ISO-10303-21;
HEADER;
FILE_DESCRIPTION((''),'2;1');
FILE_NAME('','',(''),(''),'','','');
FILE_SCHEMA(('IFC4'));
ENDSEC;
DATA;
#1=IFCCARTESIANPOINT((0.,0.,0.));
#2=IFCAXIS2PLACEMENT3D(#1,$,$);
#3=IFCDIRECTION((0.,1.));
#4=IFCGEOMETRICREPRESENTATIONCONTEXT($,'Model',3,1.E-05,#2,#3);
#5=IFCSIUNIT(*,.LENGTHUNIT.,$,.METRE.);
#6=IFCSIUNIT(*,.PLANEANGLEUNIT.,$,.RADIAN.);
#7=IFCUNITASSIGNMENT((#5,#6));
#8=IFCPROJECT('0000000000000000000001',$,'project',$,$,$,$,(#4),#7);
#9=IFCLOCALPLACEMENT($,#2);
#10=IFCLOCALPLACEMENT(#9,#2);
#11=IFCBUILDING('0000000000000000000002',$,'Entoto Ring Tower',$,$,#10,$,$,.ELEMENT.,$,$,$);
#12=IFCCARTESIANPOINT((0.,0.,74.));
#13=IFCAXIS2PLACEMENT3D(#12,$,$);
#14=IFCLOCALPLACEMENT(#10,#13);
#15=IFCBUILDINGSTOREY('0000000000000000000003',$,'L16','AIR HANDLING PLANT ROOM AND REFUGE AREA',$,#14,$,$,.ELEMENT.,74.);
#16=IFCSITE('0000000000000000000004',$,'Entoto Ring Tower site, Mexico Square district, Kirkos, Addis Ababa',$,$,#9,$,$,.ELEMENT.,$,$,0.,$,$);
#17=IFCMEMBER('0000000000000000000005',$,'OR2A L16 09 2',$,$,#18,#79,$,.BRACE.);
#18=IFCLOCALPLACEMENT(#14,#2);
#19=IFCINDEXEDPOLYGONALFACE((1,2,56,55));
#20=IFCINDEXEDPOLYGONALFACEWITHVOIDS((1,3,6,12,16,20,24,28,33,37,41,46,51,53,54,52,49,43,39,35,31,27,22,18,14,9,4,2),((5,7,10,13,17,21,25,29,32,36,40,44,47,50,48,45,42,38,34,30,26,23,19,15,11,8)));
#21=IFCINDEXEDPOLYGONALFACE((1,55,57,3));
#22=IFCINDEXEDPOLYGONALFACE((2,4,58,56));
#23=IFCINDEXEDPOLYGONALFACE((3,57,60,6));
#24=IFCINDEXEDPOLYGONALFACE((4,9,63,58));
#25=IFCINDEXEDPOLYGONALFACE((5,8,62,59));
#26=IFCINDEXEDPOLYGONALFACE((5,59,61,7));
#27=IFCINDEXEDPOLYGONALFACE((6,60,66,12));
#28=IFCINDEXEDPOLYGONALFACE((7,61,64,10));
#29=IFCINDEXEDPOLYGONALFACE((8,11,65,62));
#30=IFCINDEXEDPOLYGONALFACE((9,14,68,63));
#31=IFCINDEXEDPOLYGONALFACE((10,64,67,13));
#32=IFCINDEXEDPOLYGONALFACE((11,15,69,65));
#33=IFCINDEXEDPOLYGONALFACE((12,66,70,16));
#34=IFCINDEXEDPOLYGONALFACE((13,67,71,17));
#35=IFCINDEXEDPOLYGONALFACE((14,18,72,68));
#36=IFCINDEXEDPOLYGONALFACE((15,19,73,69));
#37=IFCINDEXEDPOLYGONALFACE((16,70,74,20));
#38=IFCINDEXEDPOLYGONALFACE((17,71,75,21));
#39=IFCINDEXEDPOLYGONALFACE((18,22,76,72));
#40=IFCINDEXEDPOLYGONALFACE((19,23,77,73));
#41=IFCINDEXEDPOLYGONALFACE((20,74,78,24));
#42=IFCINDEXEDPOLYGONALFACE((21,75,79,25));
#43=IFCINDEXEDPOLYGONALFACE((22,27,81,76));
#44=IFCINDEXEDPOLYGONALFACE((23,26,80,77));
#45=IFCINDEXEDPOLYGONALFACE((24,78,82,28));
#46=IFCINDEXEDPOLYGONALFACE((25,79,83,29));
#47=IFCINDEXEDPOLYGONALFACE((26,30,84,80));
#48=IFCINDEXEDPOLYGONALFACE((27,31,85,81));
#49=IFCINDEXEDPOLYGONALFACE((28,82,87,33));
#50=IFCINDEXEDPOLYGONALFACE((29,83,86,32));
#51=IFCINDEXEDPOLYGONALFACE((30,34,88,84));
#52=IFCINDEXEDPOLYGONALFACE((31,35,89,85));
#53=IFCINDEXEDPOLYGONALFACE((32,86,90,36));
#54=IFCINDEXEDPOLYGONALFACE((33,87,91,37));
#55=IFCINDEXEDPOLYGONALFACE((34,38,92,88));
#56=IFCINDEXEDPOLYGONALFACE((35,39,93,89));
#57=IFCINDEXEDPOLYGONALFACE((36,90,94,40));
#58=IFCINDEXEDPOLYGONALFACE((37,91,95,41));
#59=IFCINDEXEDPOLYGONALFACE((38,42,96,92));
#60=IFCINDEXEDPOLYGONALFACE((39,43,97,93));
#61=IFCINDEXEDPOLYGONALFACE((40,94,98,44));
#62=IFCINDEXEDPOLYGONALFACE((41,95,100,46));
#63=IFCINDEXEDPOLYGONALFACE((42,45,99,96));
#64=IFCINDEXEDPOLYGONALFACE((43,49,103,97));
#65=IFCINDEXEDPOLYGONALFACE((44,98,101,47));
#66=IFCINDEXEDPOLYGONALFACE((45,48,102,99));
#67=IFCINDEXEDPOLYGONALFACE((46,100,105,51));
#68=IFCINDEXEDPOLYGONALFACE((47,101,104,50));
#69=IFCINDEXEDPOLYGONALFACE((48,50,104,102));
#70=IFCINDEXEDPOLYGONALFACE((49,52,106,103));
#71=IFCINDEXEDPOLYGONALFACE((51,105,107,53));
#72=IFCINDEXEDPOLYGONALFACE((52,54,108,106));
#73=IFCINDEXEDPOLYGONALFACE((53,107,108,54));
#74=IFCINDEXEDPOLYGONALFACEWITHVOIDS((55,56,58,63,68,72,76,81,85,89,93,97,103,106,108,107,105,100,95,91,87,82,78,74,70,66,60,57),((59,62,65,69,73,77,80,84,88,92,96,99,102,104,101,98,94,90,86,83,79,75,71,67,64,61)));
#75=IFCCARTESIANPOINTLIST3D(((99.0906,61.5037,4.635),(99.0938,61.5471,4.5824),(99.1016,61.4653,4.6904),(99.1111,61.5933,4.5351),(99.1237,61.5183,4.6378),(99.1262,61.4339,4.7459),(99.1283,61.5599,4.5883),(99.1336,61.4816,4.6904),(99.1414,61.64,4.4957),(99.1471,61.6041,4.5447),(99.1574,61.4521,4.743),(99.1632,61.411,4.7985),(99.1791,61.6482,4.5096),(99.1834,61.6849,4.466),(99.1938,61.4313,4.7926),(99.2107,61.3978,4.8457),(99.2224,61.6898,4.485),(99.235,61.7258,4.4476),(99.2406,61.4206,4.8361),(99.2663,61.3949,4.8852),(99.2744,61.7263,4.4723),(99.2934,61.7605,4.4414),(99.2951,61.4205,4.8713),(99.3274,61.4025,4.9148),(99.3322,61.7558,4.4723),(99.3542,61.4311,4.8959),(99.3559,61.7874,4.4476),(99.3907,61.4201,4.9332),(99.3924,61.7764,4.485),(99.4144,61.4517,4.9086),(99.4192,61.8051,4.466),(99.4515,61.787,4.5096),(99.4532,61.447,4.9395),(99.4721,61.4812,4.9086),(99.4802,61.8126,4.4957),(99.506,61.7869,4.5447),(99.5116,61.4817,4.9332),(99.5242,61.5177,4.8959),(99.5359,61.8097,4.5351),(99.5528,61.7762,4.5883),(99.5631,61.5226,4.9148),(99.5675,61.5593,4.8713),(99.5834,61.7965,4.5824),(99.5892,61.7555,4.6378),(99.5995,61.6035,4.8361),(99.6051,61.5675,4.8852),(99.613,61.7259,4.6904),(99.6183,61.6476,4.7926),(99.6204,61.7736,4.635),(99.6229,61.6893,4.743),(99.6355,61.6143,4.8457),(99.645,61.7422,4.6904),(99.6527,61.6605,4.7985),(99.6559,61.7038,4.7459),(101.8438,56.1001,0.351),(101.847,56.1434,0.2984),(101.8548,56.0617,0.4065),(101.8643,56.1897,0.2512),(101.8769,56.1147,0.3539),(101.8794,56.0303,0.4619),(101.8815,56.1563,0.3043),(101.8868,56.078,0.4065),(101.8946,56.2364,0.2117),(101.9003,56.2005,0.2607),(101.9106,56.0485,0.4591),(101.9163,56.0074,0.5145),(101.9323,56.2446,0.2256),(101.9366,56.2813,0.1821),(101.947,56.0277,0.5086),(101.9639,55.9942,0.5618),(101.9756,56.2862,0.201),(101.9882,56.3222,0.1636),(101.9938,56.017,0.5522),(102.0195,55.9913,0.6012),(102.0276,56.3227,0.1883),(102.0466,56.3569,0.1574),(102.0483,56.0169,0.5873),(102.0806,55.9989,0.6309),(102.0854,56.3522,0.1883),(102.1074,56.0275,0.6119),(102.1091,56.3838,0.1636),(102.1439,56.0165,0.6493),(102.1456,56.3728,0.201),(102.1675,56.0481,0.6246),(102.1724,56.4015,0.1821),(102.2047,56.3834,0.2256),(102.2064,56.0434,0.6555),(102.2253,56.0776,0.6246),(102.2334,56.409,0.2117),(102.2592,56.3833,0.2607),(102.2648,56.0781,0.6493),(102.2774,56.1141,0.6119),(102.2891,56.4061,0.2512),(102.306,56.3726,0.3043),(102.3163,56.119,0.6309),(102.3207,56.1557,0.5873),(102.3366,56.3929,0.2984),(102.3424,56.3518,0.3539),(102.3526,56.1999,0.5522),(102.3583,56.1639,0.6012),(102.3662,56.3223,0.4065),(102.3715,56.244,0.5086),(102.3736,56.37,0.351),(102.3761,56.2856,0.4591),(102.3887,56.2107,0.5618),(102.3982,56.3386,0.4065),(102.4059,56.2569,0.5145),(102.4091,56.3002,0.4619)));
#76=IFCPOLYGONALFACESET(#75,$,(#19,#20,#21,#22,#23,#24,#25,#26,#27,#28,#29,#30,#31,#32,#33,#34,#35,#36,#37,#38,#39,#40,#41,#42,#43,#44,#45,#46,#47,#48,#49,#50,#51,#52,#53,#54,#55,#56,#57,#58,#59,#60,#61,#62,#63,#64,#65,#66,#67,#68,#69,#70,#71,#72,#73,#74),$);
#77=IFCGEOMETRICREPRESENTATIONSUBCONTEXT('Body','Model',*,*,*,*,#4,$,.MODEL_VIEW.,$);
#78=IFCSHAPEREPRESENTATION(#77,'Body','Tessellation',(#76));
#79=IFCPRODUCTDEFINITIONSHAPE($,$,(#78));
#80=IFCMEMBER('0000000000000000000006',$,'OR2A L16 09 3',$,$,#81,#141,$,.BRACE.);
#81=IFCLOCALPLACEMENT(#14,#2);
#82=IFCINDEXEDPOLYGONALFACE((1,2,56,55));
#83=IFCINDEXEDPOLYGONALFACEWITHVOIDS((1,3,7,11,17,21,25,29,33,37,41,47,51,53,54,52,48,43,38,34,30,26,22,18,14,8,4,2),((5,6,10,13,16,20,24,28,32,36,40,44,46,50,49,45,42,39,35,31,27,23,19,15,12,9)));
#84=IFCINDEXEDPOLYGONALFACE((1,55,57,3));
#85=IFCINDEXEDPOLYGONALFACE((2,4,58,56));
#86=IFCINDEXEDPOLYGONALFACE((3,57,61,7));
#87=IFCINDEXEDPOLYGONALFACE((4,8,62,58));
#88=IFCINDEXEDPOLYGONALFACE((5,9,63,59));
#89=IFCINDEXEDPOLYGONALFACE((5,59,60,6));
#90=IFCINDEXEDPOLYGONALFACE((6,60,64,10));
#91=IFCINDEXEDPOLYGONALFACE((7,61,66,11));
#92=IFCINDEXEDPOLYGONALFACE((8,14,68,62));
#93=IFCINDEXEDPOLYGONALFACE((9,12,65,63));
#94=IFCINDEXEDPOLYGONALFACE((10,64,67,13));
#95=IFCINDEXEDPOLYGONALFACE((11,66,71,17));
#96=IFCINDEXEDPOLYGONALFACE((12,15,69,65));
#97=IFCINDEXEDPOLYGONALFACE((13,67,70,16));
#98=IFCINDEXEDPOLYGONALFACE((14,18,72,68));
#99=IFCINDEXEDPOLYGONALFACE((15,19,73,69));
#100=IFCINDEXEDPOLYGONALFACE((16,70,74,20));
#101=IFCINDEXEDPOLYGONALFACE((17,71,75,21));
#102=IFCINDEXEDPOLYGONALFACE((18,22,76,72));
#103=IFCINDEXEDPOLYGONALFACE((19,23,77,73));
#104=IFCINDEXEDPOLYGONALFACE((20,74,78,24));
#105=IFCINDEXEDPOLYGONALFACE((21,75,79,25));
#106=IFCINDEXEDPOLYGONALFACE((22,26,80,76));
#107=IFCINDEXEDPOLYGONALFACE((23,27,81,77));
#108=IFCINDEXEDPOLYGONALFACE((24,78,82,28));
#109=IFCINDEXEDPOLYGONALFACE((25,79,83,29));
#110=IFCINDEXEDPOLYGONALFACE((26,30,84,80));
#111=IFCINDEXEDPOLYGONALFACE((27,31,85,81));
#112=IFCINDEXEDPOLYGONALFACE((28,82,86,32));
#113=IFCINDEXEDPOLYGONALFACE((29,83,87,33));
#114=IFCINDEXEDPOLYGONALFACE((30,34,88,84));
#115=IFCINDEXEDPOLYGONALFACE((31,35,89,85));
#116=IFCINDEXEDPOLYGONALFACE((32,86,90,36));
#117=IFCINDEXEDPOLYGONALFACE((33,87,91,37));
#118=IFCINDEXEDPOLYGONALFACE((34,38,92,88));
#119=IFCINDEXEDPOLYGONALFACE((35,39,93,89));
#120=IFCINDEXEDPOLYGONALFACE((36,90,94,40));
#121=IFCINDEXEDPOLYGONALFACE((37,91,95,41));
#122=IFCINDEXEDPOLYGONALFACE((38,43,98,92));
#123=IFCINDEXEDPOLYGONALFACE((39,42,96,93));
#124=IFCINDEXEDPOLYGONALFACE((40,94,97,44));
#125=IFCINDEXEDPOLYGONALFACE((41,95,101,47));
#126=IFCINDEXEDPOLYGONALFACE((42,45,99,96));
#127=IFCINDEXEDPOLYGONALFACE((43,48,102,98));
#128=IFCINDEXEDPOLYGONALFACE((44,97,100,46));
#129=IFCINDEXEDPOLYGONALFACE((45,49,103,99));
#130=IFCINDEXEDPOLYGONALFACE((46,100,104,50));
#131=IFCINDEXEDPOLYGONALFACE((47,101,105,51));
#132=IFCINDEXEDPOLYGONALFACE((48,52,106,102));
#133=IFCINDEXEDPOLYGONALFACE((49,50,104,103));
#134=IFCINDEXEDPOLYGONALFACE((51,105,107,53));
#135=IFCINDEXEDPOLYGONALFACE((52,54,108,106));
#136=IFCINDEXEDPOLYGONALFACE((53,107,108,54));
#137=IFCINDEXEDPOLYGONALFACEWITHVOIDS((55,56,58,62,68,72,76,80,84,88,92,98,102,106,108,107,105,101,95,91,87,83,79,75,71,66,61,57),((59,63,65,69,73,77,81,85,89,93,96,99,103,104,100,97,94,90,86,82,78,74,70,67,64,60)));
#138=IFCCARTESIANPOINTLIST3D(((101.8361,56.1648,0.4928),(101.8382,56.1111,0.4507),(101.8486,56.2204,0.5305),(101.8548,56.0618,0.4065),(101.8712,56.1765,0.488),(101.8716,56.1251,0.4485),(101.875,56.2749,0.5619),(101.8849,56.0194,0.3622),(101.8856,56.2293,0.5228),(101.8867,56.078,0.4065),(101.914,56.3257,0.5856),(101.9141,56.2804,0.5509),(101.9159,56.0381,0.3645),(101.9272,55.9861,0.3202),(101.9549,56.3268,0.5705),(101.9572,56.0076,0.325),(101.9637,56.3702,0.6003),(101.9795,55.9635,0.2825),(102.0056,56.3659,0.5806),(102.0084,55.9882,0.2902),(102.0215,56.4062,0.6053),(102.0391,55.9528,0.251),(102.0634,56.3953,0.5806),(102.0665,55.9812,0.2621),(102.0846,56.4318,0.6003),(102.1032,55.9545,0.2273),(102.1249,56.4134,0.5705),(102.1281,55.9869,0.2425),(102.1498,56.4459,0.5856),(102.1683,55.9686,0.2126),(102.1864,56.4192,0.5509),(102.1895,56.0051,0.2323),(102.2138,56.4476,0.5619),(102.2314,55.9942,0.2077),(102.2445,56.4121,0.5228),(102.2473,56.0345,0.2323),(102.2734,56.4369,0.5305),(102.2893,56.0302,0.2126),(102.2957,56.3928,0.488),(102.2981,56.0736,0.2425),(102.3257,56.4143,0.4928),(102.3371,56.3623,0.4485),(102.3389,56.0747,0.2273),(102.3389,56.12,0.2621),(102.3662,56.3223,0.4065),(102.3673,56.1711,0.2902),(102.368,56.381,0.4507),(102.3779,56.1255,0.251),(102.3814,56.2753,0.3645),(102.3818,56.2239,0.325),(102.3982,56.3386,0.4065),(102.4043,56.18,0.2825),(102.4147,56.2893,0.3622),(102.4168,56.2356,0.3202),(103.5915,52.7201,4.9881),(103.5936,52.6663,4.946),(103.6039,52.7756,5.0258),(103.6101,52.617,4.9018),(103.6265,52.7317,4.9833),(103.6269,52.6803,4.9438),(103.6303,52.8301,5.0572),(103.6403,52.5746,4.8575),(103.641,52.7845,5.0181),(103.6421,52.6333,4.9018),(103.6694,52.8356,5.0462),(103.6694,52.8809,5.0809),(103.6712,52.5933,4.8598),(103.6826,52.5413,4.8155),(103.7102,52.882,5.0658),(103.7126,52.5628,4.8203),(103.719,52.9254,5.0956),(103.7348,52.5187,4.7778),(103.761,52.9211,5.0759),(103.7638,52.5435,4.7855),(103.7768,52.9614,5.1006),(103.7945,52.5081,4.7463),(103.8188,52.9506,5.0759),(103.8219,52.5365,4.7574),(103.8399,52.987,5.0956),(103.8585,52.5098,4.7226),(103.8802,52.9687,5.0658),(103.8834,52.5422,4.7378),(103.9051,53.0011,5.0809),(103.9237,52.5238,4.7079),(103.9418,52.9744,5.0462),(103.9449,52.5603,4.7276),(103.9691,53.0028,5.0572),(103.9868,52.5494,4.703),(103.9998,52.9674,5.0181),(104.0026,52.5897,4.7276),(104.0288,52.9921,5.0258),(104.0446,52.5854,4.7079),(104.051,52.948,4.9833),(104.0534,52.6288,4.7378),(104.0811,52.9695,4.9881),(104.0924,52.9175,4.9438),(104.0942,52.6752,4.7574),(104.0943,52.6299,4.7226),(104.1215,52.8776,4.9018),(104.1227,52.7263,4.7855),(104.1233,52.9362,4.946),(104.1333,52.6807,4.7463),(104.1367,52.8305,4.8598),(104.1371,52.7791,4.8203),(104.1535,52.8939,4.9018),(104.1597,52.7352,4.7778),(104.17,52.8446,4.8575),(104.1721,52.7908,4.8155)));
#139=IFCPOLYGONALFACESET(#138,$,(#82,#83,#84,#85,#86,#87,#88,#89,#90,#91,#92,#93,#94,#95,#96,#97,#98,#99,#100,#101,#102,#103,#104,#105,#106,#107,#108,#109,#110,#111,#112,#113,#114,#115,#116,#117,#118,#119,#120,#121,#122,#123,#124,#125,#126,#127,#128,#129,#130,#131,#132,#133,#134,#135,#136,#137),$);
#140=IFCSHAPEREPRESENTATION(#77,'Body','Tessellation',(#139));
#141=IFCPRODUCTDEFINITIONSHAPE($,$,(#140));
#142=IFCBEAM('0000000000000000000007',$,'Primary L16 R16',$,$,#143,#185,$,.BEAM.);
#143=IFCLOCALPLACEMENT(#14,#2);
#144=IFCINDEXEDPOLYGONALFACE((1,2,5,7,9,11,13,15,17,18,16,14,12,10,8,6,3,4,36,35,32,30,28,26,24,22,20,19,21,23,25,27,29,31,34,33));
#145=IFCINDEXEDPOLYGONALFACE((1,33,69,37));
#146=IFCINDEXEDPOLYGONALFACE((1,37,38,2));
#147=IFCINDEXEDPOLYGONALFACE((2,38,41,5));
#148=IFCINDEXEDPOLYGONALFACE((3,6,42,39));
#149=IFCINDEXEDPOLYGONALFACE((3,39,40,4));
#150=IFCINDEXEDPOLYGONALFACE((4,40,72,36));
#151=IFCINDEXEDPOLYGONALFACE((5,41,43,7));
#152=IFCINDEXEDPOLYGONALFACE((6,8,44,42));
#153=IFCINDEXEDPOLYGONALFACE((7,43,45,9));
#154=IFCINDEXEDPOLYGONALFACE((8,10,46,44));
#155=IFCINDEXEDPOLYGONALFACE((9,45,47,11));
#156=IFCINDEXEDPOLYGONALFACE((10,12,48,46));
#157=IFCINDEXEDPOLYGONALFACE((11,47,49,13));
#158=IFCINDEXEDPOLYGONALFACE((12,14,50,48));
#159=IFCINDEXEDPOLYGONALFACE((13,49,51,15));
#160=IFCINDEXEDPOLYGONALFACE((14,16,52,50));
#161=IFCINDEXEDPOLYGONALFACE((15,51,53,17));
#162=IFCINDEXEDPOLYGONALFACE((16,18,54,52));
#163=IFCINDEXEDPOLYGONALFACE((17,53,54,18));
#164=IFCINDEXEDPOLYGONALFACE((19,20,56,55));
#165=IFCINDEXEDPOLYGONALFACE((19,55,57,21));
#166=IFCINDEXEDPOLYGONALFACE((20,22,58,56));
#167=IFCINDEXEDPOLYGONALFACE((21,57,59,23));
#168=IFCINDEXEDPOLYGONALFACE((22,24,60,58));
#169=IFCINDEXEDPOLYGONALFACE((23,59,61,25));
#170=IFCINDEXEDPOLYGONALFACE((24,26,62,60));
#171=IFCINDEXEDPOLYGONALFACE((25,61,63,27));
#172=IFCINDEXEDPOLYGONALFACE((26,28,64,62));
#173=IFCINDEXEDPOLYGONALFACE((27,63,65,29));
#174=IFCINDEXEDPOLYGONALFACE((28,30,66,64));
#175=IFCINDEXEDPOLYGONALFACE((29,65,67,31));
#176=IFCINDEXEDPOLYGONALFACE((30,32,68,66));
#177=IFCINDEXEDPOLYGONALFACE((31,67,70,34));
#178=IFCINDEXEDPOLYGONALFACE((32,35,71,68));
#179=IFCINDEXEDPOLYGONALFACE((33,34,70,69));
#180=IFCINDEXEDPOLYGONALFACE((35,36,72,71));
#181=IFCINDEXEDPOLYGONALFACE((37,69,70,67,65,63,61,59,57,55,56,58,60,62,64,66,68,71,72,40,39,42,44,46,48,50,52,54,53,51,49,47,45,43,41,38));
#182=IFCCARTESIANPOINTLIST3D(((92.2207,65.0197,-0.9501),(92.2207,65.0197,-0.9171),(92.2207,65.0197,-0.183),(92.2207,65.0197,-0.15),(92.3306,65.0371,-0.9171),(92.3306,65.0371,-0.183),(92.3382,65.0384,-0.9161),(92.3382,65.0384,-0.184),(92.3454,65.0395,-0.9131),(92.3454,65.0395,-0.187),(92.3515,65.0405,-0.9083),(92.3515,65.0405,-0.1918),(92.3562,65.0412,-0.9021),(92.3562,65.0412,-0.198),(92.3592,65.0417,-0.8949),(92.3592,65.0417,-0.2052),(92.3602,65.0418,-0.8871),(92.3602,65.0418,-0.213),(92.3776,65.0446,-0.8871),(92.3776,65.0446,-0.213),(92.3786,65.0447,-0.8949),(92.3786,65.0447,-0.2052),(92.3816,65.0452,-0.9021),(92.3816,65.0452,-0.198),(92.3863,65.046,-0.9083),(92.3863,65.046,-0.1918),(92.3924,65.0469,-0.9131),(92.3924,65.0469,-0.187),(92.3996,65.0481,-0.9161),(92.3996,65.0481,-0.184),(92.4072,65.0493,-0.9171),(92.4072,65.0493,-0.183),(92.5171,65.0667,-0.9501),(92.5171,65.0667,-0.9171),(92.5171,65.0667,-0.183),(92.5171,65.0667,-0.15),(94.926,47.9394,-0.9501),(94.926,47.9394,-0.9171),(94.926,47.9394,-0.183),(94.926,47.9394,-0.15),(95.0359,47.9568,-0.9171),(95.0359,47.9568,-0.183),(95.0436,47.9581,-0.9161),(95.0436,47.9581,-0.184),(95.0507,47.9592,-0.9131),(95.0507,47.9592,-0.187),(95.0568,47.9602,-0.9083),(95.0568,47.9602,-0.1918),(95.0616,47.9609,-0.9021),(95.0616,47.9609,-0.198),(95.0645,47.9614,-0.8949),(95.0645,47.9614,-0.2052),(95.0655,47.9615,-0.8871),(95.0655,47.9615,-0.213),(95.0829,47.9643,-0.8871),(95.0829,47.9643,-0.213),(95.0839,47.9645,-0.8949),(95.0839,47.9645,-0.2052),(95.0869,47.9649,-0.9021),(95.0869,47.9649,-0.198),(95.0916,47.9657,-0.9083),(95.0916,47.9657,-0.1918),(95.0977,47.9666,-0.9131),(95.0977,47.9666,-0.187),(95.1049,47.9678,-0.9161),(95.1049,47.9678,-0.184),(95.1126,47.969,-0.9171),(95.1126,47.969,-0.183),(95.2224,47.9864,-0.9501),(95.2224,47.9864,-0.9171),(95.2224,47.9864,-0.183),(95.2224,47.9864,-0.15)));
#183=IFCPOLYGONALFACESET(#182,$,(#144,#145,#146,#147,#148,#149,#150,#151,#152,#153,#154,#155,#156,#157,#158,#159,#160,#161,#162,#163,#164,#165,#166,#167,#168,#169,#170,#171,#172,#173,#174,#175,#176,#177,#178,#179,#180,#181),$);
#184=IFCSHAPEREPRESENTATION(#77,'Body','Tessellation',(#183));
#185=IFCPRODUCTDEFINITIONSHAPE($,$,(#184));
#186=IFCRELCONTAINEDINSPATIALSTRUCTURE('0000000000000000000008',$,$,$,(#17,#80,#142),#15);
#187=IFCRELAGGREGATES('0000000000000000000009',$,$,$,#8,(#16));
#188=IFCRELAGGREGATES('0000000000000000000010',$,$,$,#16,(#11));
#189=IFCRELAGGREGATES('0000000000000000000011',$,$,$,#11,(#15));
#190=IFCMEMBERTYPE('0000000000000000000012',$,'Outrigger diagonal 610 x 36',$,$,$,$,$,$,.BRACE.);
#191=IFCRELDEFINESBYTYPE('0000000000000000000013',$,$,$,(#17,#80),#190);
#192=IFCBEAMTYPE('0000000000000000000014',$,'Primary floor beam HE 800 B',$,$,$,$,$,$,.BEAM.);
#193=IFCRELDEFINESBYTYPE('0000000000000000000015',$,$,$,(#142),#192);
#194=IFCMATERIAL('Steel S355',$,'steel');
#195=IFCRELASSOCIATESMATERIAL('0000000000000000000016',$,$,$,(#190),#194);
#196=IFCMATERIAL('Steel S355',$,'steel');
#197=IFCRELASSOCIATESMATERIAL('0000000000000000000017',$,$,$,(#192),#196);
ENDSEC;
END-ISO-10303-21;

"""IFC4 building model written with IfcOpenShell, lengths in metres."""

from ifc_helpers import new_model, si_unit, direction, frame, origin, origin_2d, place, context, subcontext, project, spatial, circle, hollow_circle, i_section, extrude, material, material_profile, profile_set, type_object, element, save


model = new_model("IFC4")

# Units and contexts
model_context = context("Model", 3, precision=1e-05, world=origin(), true_north=direction((0.0, 1.0)))
body_context = subcontext(model_context, "Body", "Model", "MODEL_VIEW")
ifc_project = project(units=[si_unit("LENGTHUNIT", "METRE"), si_unit("PLANEANGLEUNIT", "RADIAN")], contexts=[model_context])

# Site, building, storey
site_placement = place(None, origin())
site = spatial("IfcSite", under=ifc_project, at=site_placement, Name="Entoto Ring Tower site, Mexico Square district, Kirkos, Addis Ababa", CompositionType="ELEMENT", RefElevation=0.0)
building_placement = place(site_placement, origin())
building = spatial("IfcBuilding", under=site, at=building_placement, Name="Entoto Ring Tower", CompositionType="ELEMENT")
storey_placement = place(building_placement, frame((0.0, 0.0, 74.0)))
storey = spatial("IfcBuildingStorey", under=building, at=storey_placement, Name="L16", Description="AIR HANDLING PLANT ROOM AND REFUGE AREA", CompositionType="ELEMENT", Elevation=74.0)

# Members
ifc_material_1 = material(Name="Steel S355", Category="steel")
ifc_material_profile_1 = material_profile(ifc_material_1, hollow_circle(Radius=0.3049, WallThickness=0.0359, at=origin_2d()), Name="CHS 610 x 36")
ifc_material_2 = material(Name="Concrete C60/75", Category="concrete")
ifc_material_profile_2 = material_profile(ifc_material_2, circle(Radius=0.269, at=origin_2d()), Name="Concrete C60/75 infill")
ifc_profile_set_1 = profile_set([ifc_material_profile_1, ifc_material_profile_2], Name="Steel S355")
member_type_1 = type_object("IfcMemberType", Name="Outrigger diagonal 610 x 36", PredefinedType="BRACE", material=ifc_profile_set_1)
member_1_placement = place(storey_placement, frame((99.3733, 61.6038, 4.6904), z_axis=(0.370798, -0.727753, -0.576961), x_axis=(0.891012, 0.45398, 0.0)))
element("IfcMember", 1, at=member_1_placement, inside=storey, type_object=member_type_1, Name="OR2A L16 09 2", PredefinedType="BRACE", context=body_context, shape_type="SweptSolid", body=[
    extrude(hollow_circle(Radius=0.3049, WallThickness=0.0359, at=origin_2d()), origin(), (0.0, 0.0, 1.0), 7.425),
])
member_2_placement = place(storey_placement, frame((102.1265, 56.2002, 0.4065), z_axis=(0.296051, -0.580985, 0.758163), x_axis=(0.890991, 0.45402, 0.0)))
element("IfcMember", 2, at=member_2_placement, inside=storey, type_object=member_type_1, Name="OR2A L16 09 3", PredefinedType="BRACE", context=body_context, shape_type="SweptSolid", body=[
    extrude(hollow_circle(Radius=0.3049, WallThickness=0.0359, at=origin_2d()), origin(), (0.0, 0.0, 1.0), 5.9292),
])

# Beam
ifc_material_3 = material(Name="Steel S355", Category="steel")
ifc_material_profile_3 = material_profile(ifc_material_3, i_section(OverallWidth=0.3, OverallDepth=0.8, WebThickness=0.0176, FlangeThickness=0.033, FilletRadius=0.03, at=origin_2d()), Name="HE 800 B")
ifc_profile_set_2 = profile_set([ifc_material_profile_3], Name="Steel S355")
beam_type_1 = type_object("IfcBeamType", Name="Primary floor beam HE 800 B", PredefinedType="BEAM", material=ifc_profile_set_2)
beam_1_placement = place(storey_placement, frame((92.3689, 65.0432, -0.55), z_axis=(0.156438, -0.987688, 0.0), x_axis=(0.987688, 0.156438, 0.0)))
element("IfcBeam", 3, at=beam_1_placement, inside=storey, type_object=beam_type_1, Name="Primary L16 R16", PredefinedType="BEAM", context=body_context, shape_type="SweptSolid", body=[
    extrude(i_section(OverallWidth=0.3, OverallDepth=0.8, WebThickness=0.0176, FlangeThickness=0.033, FilletRadius=0.03, at=origin_2d()), origin(), (0.0, 0.0, 1.0), 17.2932),
])

save(model, "model.ifc")
